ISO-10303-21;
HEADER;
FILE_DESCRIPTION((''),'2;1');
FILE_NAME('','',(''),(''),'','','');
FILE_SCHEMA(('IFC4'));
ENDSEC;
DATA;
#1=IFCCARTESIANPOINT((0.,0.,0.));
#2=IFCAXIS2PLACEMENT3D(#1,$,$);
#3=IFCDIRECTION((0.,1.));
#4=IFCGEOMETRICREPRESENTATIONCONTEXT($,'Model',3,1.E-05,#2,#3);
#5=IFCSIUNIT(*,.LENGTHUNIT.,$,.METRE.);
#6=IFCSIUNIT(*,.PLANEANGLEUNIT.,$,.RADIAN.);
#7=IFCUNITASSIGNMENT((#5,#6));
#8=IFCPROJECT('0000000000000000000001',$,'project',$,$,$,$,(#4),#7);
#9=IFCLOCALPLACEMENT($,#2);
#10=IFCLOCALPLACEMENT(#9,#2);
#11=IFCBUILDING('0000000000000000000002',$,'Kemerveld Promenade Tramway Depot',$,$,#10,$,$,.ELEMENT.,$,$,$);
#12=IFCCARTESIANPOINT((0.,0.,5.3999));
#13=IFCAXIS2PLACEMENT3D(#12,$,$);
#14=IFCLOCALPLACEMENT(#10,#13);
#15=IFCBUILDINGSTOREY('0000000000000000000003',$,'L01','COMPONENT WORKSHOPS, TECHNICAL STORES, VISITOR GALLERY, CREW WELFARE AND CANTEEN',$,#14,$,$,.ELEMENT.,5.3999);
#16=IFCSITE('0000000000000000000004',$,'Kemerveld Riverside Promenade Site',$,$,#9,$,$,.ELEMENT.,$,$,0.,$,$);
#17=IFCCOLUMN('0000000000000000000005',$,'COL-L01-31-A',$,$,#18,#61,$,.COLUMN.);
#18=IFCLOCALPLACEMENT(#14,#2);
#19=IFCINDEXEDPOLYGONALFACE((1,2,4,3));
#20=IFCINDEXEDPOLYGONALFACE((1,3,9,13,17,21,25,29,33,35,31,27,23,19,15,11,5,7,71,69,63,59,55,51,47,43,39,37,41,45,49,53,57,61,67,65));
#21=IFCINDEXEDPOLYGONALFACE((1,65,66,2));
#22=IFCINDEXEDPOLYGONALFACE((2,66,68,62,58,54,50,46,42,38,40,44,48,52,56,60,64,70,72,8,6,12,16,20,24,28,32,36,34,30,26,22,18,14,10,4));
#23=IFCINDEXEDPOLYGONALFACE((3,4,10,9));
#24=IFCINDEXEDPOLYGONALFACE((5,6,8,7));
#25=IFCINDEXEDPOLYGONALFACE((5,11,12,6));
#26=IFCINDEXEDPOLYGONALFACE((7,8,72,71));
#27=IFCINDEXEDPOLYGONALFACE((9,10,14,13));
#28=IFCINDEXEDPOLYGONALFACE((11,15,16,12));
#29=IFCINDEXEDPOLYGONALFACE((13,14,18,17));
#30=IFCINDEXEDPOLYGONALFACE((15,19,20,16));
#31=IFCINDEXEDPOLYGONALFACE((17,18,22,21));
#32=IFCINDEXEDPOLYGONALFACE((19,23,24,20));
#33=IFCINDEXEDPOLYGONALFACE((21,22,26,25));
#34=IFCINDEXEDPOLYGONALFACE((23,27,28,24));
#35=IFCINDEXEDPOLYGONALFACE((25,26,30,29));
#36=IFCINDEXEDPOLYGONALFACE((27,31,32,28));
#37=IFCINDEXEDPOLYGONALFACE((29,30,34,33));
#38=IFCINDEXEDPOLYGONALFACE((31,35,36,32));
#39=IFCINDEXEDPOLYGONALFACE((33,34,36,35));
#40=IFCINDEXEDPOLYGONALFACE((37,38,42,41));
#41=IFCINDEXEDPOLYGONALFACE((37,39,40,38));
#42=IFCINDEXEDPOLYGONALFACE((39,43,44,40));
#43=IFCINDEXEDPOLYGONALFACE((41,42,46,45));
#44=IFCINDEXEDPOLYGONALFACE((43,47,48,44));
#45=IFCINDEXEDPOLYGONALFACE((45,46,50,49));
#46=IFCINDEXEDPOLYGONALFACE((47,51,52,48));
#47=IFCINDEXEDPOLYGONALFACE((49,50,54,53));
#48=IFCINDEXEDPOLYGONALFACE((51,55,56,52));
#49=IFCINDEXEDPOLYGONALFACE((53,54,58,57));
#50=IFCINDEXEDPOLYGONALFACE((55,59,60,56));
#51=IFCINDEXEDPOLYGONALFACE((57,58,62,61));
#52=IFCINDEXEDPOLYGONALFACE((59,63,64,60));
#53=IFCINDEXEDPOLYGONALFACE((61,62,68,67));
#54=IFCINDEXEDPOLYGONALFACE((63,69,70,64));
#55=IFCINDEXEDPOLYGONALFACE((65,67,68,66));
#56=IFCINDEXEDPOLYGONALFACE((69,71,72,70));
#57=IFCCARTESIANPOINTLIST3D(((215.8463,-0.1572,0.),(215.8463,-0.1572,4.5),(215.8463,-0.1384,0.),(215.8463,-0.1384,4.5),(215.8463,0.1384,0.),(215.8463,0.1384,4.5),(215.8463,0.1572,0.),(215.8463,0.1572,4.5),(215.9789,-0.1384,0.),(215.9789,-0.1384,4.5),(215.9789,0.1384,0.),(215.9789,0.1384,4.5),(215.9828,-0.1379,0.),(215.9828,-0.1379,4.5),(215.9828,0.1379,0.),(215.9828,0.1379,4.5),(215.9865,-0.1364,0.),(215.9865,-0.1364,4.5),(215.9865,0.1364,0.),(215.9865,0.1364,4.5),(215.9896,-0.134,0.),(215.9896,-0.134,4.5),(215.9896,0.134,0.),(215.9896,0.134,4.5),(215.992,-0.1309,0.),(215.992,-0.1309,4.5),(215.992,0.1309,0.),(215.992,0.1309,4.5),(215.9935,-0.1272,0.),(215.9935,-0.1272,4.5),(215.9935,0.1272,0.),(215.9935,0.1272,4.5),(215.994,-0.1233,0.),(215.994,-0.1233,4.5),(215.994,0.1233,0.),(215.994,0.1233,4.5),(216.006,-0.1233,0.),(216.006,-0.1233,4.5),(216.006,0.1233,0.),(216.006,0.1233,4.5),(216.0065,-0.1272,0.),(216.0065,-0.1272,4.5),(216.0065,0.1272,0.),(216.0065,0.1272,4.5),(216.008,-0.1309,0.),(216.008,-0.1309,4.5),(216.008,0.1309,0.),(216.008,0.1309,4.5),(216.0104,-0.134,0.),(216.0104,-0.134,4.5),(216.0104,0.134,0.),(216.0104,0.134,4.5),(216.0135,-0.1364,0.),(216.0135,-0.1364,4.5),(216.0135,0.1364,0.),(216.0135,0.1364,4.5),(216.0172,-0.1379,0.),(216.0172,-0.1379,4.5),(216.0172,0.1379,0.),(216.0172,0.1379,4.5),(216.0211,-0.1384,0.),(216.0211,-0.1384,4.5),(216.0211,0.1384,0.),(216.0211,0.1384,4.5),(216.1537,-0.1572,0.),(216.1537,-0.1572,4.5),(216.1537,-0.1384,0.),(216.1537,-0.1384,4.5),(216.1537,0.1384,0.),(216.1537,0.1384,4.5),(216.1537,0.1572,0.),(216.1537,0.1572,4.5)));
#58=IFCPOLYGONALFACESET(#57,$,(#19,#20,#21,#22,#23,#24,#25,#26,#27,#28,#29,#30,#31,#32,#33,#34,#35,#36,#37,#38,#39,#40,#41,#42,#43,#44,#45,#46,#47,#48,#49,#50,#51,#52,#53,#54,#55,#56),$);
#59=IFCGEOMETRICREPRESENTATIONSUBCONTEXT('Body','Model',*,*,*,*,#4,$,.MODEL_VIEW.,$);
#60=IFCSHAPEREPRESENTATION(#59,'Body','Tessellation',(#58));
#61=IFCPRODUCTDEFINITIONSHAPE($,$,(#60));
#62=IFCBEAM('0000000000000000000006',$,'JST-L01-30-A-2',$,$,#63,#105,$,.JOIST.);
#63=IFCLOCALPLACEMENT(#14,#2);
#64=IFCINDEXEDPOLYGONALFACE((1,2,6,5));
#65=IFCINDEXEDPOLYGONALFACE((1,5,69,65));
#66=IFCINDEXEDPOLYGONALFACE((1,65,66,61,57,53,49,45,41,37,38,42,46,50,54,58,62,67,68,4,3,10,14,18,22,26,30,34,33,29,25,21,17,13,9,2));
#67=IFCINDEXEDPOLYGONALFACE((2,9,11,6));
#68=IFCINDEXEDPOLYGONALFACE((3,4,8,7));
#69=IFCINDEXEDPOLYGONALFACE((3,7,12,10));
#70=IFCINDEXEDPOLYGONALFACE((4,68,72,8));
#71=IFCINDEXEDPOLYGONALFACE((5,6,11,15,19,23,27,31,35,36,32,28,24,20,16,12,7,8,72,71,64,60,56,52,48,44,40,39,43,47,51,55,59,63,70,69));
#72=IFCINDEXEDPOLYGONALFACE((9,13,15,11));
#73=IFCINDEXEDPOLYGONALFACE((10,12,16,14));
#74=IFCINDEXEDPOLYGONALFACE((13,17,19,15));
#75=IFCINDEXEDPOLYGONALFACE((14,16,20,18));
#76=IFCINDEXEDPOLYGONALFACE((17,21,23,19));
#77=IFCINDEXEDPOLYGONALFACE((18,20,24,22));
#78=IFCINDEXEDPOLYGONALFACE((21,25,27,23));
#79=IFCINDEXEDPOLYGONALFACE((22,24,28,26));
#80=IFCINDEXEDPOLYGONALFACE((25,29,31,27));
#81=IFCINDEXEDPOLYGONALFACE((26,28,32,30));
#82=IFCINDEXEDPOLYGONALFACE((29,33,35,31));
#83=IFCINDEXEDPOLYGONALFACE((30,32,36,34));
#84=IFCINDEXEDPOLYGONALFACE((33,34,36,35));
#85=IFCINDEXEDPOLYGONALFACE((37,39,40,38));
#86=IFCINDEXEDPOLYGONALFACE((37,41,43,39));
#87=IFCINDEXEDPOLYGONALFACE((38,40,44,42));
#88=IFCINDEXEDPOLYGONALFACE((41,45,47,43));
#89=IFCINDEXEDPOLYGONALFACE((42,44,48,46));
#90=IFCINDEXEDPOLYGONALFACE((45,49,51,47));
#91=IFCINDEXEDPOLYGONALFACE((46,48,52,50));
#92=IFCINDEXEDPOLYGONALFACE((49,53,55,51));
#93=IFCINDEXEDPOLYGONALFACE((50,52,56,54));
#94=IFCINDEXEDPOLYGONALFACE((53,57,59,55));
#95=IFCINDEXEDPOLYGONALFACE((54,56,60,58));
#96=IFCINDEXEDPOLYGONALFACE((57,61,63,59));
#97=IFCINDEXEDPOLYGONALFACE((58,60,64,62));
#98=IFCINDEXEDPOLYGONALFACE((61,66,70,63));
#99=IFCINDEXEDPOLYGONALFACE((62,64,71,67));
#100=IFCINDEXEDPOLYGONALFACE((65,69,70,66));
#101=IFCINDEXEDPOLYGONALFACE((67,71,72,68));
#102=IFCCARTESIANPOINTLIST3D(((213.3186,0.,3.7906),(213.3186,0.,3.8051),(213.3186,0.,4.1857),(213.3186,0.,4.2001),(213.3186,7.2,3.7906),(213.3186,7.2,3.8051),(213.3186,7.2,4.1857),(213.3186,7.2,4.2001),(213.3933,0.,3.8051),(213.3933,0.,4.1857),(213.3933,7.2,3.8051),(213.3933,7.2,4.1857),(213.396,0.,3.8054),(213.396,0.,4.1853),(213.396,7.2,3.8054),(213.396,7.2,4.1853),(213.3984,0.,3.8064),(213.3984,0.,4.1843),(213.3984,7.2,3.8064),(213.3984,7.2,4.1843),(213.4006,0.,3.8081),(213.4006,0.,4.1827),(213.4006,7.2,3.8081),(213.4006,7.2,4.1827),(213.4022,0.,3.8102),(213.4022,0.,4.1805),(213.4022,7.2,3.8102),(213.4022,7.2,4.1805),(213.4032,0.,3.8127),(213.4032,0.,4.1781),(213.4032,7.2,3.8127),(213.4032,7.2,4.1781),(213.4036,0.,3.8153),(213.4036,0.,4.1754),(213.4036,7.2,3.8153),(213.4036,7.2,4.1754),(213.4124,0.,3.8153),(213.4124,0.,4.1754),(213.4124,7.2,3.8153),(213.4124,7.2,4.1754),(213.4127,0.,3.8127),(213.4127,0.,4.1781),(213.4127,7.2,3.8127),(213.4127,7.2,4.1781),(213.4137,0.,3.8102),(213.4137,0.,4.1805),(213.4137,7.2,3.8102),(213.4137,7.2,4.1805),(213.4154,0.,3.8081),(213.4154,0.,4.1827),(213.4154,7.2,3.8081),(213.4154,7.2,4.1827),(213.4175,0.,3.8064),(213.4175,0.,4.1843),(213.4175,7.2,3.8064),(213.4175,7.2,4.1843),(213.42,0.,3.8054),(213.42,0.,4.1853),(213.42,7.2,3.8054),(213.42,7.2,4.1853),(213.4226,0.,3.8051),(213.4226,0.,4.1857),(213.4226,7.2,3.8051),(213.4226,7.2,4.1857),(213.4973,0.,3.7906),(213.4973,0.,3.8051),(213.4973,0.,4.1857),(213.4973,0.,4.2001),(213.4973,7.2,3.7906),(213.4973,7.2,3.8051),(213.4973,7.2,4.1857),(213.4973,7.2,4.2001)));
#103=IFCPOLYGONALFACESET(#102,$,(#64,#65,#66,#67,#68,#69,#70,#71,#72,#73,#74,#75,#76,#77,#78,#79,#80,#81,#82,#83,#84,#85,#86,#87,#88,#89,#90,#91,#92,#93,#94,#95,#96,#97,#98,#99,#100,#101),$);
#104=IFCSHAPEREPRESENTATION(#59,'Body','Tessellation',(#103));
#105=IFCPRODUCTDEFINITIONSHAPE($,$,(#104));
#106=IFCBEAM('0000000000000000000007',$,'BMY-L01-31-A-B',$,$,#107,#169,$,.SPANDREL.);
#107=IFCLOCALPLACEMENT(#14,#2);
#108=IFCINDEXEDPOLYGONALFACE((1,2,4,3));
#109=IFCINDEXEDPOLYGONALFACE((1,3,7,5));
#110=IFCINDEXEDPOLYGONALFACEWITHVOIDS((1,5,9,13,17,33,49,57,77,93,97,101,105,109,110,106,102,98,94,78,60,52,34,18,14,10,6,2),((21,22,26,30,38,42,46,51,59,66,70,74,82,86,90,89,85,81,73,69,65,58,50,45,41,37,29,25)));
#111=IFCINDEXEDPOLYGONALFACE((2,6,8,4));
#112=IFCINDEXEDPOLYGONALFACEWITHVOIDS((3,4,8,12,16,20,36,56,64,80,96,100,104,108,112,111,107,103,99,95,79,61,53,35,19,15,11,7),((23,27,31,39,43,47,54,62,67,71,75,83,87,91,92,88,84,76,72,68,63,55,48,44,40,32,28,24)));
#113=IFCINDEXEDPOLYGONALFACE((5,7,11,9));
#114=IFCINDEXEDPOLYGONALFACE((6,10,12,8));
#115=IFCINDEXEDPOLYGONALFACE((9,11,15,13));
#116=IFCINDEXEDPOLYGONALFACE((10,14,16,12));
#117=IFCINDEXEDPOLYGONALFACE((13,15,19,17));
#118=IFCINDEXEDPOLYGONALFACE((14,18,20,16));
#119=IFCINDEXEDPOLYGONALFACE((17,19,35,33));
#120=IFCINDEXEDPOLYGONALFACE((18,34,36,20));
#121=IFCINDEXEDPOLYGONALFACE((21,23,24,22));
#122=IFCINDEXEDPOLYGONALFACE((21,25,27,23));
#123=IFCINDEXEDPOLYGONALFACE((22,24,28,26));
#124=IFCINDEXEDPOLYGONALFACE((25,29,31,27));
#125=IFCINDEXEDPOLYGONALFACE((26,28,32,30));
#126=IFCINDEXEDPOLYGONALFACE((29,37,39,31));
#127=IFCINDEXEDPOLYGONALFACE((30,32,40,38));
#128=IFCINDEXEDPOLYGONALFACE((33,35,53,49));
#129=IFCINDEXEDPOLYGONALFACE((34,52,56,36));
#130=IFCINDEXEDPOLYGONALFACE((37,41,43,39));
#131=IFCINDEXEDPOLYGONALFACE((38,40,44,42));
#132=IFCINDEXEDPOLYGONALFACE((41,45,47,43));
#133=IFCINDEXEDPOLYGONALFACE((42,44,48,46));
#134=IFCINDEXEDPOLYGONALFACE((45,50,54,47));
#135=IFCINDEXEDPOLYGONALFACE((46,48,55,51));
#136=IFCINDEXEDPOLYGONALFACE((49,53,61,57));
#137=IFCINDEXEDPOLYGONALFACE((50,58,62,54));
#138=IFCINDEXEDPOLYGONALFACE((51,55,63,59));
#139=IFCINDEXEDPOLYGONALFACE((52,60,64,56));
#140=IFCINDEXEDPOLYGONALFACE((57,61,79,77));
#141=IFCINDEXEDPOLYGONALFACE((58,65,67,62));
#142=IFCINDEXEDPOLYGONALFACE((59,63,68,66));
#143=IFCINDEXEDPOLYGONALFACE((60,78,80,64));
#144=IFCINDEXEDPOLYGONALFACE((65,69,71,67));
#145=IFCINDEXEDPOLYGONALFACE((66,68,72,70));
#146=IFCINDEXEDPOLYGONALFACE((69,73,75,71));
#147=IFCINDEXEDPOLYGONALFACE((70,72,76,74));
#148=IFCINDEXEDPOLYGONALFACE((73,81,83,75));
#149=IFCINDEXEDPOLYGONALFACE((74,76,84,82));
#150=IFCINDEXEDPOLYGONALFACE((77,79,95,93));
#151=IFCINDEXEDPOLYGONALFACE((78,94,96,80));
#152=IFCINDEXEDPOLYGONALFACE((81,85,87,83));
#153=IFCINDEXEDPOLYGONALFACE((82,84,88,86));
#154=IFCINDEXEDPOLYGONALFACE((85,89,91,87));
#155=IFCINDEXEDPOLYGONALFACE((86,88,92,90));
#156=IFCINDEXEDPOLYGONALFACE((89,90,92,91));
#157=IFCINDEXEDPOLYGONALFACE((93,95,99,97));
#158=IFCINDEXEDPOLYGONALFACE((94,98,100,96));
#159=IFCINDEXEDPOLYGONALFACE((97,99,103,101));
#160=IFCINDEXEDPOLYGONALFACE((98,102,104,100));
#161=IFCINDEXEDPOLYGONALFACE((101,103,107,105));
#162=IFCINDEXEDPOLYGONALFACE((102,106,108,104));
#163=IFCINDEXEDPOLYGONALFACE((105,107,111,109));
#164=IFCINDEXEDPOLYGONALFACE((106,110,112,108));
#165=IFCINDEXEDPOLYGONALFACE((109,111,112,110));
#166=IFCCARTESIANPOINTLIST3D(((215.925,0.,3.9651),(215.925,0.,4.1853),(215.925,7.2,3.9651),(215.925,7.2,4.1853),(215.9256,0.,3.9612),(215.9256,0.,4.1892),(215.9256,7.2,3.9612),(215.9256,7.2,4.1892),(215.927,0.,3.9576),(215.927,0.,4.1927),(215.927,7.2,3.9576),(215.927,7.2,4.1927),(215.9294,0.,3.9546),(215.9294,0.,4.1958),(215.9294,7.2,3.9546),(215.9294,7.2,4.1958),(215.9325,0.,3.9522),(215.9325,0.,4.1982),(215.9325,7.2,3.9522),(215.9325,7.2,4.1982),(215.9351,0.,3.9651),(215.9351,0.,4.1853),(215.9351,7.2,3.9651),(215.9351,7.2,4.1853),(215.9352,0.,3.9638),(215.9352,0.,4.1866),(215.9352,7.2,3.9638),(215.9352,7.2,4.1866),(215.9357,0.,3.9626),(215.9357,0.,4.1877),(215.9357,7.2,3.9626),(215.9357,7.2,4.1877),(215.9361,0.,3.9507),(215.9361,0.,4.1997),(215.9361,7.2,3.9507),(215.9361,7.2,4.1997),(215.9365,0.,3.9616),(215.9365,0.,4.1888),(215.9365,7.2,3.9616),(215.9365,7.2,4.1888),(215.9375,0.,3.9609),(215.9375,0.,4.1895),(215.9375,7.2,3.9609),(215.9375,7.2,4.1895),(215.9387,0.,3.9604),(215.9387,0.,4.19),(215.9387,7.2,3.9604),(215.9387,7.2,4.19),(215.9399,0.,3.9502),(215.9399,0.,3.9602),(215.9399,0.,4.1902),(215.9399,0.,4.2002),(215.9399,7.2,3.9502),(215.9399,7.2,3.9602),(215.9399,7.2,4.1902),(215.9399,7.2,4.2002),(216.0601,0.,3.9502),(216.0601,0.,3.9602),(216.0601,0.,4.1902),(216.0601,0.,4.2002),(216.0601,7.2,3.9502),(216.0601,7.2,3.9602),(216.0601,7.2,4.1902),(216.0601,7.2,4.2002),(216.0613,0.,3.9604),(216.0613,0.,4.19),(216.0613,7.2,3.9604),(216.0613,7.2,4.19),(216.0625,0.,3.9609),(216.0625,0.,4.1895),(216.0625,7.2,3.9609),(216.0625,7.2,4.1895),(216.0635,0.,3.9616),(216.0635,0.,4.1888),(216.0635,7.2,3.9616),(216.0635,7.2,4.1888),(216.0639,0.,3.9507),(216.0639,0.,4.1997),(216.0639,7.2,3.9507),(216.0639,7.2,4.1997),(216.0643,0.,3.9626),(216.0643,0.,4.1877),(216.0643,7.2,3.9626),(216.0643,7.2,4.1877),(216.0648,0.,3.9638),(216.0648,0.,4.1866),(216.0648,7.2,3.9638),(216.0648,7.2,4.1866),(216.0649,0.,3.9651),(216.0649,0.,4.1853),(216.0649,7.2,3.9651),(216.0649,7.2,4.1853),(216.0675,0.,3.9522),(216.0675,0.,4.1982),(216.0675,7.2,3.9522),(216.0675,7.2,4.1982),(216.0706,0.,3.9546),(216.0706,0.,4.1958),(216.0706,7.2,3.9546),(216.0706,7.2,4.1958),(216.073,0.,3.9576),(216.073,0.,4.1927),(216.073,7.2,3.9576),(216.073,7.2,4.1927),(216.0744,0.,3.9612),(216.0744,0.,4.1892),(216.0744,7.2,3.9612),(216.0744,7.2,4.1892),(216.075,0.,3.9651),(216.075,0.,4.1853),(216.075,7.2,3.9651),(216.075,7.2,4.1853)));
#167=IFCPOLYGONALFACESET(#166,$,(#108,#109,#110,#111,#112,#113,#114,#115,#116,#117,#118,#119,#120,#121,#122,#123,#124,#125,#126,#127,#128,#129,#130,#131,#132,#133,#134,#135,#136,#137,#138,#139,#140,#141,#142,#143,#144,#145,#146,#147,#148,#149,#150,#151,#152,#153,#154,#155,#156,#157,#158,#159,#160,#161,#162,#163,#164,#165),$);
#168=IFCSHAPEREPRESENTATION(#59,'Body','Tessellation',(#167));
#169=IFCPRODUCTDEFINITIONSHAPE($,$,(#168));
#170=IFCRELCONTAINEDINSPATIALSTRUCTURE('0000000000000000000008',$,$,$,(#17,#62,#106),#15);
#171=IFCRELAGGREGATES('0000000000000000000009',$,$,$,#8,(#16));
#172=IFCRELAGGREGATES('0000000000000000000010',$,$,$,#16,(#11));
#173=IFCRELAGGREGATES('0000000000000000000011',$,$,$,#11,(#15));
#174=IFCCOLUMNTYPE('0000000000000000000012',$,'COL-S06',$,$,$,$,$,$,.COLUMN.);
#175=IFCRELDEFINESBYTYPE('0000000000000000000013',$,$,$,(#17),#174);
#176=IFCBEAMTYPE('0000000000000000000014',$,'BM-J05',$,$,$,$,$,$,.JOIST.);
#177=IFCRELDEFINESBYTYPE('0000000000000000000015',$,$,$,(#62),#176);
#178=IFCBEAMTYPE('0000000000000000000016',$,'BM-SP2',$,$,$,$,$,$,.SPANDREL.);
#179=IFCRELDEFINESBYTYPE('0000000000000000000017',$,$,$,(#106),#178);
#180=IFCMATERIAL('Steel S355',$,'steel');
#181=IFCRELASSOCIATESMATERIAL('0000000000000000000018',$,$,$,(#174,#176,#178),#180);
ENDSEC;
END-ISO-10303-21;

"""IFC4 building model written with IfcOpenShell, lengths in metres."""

from ifc_helpers import new_model, si_unit, direction, frame, origin, origin_2d, place, context, subcontext, project, spatial, hollow_rectangle, i_section, extrude, material, material_profile, profile_set, type_object, element, save


model = new_model("IFC4")

# Units and contexts
model_context = context("Model", 3, precision=1e-05, world=origin(), true_north=direction((0.0, 1.0)))
body_context = subcontext(model_context, "Body", "Model", "MODEL_VIEW")
ifc_project = project(units=[si_unit("LENGTHUNIT", "METRE"), si_unit("PLANEANGLEUNIT", "RADIAN")], contexts=[model_context])

# Site, building, storey
site_placement = place(None, origin())
site = spatial("IfcSite", under=ifc_project, at=site_placement, Name="Kemerveld Riverside Promenade Site", CompositionType="ELEMENT", RefElevation=0.0)
building_placement = place(site_placement, origin())
building = spatial("IfcBuilding", under=site, at=building_placement, Name="Kemerveld Promenade Tramway Depot", CompositionType="ELEMENT")
storey_placement = place(building_placement, frame((0.0, 0.0, 5.3999)))
storey = spatial("IfcBuildingStorey", under=building, at=storey_placement, Name="L01", Description="COMPONENT WORKSHOPS, TECHNICAL STORES, VISITOR GALLERY, CREW WELFARE AND CANTEEN", CompositionType="ELEMENT", Elevation=5.3999)

# Column
ifc_material_1 = material(Name="Steel S355", Category="steel")
ifc_material_profile_1 = material_profile(ifc_material_1, i_section(OverallWidth=0.3074, OverallDepth=0.3145, WebThickness=0.012, FlangeThickness=0.0188, FilletRadius=0.0151, at=origin_2d()), Name="305x305x118 UC")
ifc_profile_set_1 = profile_set([ifc_material_profile_1], Name="Steel S355")
column_type = type_object("IfcColumnType", Name="COL-S06", PredefinedType="COLUMN", material=ifc_profile_set_1)
column_placement = place(storey_placement, frame((216.0, 0.0, 0.0), z_axis=(0.0, 0.0, 1.0), x_axis=(1.0, 0.0, 0.0)))
element("IfcColumn", 1, at=column_placement, inside=storey, type_object=column_type, Name="COL-L01-31-A", PredefinedType="COLUMN", context=body_context, shape_type="SweptSolid", body=[
    extrude(i_section(OverallWidth=0.3074, OverallDepth=0.3145, WebThickness=0.012, FlangeThickness=0.0188, FilletRadius=0.0151, at=origin_2d()), origin(), (0.0, 0.0, 1.0), 4.5),
])

# Beams
ifc_material_profile_2 = material_profile(ifc_material_1, i_section(OverallWidth=0.1787, OverallDepth=0.4094, WebThickness=0.0088, FlangeThickness=0.0144, FilletRadius=0.0103, at=origin_2d()), Name="406x178x67 UB")
ifc_profile_set_2 = profile_set([ifc_material_profile_2], Name="Steel S355")
beam_type_1 = type_object("IfcBeamType", Name="BM-J05", PredefinedType="JOIST", material=ifc_profile_set_2)
beam_1_placement = place(storey_placement, frame((213.408, 0.0, 3.9954), z_axis=(0.0, 1.0, 0.0), x_axis=(-1.0, 0.0, 0.0)))
element("IfcBeam", 2, at=beam_1_placement, inside=storey, type_object=beam_type_1, Name="JST-L01-30-A-2", PredefinedType="JOIST", context=body_context, shape_type="SweptSolid", body=[
    extrude(i_section(OverallWidth=0.1787, OverallDepth=0.4094, WebThickness=0.0088, FlangeThickness=0.0144, FilletRadius=0.0103, at=origin_2d()), origin(), (0.0, 0.0, 1.0), 7.2),
])
ifc_material_profile_3 = material_profile(ifc_material_1, hollow_rectangle(XDim=0.1499, YDim=0.25, WallThickness=0.01, InnerFilletRadius=0.0049, OuterFilletRadius=0.0149, at=origin_2d()), Name="250x150x10.0 RHS")
ifc_profile_set_3 = profile_set([ifc_material_profile_3], Name="Steel S355")
beam_type_2 = type_object("IfcBeamType", Name="BM-SP2", PredefinedType="SPANDREL", material=ifc_profile_set_3)
beam_2_placement = place(storey_placement, frame((216.0, 0.0, 4.0752), z_axis=(0.0, 1.0, 0.0), x_axis=(-1.0, 0.0, 0.0)))
element("IfcBeam", 3, at=beam_2_placement, inside=storey, type_object=beam_type_2, Name="BMY-L01-31-A-B", PredefinedType="SPANDREL", context=body_context, shape_type="SweptSolid", body=[
    extrude(hollow_rectangle(XDim=0.1499, YDim=0.25, WallThickness=0.01, InnerFilletRadius=0.0049, OuterFilletRadius=0.0149, at=origin_2d()), origin(), (0.0, 0.0, 1.0), 7.2),
])

save(model, "model.ifc")
